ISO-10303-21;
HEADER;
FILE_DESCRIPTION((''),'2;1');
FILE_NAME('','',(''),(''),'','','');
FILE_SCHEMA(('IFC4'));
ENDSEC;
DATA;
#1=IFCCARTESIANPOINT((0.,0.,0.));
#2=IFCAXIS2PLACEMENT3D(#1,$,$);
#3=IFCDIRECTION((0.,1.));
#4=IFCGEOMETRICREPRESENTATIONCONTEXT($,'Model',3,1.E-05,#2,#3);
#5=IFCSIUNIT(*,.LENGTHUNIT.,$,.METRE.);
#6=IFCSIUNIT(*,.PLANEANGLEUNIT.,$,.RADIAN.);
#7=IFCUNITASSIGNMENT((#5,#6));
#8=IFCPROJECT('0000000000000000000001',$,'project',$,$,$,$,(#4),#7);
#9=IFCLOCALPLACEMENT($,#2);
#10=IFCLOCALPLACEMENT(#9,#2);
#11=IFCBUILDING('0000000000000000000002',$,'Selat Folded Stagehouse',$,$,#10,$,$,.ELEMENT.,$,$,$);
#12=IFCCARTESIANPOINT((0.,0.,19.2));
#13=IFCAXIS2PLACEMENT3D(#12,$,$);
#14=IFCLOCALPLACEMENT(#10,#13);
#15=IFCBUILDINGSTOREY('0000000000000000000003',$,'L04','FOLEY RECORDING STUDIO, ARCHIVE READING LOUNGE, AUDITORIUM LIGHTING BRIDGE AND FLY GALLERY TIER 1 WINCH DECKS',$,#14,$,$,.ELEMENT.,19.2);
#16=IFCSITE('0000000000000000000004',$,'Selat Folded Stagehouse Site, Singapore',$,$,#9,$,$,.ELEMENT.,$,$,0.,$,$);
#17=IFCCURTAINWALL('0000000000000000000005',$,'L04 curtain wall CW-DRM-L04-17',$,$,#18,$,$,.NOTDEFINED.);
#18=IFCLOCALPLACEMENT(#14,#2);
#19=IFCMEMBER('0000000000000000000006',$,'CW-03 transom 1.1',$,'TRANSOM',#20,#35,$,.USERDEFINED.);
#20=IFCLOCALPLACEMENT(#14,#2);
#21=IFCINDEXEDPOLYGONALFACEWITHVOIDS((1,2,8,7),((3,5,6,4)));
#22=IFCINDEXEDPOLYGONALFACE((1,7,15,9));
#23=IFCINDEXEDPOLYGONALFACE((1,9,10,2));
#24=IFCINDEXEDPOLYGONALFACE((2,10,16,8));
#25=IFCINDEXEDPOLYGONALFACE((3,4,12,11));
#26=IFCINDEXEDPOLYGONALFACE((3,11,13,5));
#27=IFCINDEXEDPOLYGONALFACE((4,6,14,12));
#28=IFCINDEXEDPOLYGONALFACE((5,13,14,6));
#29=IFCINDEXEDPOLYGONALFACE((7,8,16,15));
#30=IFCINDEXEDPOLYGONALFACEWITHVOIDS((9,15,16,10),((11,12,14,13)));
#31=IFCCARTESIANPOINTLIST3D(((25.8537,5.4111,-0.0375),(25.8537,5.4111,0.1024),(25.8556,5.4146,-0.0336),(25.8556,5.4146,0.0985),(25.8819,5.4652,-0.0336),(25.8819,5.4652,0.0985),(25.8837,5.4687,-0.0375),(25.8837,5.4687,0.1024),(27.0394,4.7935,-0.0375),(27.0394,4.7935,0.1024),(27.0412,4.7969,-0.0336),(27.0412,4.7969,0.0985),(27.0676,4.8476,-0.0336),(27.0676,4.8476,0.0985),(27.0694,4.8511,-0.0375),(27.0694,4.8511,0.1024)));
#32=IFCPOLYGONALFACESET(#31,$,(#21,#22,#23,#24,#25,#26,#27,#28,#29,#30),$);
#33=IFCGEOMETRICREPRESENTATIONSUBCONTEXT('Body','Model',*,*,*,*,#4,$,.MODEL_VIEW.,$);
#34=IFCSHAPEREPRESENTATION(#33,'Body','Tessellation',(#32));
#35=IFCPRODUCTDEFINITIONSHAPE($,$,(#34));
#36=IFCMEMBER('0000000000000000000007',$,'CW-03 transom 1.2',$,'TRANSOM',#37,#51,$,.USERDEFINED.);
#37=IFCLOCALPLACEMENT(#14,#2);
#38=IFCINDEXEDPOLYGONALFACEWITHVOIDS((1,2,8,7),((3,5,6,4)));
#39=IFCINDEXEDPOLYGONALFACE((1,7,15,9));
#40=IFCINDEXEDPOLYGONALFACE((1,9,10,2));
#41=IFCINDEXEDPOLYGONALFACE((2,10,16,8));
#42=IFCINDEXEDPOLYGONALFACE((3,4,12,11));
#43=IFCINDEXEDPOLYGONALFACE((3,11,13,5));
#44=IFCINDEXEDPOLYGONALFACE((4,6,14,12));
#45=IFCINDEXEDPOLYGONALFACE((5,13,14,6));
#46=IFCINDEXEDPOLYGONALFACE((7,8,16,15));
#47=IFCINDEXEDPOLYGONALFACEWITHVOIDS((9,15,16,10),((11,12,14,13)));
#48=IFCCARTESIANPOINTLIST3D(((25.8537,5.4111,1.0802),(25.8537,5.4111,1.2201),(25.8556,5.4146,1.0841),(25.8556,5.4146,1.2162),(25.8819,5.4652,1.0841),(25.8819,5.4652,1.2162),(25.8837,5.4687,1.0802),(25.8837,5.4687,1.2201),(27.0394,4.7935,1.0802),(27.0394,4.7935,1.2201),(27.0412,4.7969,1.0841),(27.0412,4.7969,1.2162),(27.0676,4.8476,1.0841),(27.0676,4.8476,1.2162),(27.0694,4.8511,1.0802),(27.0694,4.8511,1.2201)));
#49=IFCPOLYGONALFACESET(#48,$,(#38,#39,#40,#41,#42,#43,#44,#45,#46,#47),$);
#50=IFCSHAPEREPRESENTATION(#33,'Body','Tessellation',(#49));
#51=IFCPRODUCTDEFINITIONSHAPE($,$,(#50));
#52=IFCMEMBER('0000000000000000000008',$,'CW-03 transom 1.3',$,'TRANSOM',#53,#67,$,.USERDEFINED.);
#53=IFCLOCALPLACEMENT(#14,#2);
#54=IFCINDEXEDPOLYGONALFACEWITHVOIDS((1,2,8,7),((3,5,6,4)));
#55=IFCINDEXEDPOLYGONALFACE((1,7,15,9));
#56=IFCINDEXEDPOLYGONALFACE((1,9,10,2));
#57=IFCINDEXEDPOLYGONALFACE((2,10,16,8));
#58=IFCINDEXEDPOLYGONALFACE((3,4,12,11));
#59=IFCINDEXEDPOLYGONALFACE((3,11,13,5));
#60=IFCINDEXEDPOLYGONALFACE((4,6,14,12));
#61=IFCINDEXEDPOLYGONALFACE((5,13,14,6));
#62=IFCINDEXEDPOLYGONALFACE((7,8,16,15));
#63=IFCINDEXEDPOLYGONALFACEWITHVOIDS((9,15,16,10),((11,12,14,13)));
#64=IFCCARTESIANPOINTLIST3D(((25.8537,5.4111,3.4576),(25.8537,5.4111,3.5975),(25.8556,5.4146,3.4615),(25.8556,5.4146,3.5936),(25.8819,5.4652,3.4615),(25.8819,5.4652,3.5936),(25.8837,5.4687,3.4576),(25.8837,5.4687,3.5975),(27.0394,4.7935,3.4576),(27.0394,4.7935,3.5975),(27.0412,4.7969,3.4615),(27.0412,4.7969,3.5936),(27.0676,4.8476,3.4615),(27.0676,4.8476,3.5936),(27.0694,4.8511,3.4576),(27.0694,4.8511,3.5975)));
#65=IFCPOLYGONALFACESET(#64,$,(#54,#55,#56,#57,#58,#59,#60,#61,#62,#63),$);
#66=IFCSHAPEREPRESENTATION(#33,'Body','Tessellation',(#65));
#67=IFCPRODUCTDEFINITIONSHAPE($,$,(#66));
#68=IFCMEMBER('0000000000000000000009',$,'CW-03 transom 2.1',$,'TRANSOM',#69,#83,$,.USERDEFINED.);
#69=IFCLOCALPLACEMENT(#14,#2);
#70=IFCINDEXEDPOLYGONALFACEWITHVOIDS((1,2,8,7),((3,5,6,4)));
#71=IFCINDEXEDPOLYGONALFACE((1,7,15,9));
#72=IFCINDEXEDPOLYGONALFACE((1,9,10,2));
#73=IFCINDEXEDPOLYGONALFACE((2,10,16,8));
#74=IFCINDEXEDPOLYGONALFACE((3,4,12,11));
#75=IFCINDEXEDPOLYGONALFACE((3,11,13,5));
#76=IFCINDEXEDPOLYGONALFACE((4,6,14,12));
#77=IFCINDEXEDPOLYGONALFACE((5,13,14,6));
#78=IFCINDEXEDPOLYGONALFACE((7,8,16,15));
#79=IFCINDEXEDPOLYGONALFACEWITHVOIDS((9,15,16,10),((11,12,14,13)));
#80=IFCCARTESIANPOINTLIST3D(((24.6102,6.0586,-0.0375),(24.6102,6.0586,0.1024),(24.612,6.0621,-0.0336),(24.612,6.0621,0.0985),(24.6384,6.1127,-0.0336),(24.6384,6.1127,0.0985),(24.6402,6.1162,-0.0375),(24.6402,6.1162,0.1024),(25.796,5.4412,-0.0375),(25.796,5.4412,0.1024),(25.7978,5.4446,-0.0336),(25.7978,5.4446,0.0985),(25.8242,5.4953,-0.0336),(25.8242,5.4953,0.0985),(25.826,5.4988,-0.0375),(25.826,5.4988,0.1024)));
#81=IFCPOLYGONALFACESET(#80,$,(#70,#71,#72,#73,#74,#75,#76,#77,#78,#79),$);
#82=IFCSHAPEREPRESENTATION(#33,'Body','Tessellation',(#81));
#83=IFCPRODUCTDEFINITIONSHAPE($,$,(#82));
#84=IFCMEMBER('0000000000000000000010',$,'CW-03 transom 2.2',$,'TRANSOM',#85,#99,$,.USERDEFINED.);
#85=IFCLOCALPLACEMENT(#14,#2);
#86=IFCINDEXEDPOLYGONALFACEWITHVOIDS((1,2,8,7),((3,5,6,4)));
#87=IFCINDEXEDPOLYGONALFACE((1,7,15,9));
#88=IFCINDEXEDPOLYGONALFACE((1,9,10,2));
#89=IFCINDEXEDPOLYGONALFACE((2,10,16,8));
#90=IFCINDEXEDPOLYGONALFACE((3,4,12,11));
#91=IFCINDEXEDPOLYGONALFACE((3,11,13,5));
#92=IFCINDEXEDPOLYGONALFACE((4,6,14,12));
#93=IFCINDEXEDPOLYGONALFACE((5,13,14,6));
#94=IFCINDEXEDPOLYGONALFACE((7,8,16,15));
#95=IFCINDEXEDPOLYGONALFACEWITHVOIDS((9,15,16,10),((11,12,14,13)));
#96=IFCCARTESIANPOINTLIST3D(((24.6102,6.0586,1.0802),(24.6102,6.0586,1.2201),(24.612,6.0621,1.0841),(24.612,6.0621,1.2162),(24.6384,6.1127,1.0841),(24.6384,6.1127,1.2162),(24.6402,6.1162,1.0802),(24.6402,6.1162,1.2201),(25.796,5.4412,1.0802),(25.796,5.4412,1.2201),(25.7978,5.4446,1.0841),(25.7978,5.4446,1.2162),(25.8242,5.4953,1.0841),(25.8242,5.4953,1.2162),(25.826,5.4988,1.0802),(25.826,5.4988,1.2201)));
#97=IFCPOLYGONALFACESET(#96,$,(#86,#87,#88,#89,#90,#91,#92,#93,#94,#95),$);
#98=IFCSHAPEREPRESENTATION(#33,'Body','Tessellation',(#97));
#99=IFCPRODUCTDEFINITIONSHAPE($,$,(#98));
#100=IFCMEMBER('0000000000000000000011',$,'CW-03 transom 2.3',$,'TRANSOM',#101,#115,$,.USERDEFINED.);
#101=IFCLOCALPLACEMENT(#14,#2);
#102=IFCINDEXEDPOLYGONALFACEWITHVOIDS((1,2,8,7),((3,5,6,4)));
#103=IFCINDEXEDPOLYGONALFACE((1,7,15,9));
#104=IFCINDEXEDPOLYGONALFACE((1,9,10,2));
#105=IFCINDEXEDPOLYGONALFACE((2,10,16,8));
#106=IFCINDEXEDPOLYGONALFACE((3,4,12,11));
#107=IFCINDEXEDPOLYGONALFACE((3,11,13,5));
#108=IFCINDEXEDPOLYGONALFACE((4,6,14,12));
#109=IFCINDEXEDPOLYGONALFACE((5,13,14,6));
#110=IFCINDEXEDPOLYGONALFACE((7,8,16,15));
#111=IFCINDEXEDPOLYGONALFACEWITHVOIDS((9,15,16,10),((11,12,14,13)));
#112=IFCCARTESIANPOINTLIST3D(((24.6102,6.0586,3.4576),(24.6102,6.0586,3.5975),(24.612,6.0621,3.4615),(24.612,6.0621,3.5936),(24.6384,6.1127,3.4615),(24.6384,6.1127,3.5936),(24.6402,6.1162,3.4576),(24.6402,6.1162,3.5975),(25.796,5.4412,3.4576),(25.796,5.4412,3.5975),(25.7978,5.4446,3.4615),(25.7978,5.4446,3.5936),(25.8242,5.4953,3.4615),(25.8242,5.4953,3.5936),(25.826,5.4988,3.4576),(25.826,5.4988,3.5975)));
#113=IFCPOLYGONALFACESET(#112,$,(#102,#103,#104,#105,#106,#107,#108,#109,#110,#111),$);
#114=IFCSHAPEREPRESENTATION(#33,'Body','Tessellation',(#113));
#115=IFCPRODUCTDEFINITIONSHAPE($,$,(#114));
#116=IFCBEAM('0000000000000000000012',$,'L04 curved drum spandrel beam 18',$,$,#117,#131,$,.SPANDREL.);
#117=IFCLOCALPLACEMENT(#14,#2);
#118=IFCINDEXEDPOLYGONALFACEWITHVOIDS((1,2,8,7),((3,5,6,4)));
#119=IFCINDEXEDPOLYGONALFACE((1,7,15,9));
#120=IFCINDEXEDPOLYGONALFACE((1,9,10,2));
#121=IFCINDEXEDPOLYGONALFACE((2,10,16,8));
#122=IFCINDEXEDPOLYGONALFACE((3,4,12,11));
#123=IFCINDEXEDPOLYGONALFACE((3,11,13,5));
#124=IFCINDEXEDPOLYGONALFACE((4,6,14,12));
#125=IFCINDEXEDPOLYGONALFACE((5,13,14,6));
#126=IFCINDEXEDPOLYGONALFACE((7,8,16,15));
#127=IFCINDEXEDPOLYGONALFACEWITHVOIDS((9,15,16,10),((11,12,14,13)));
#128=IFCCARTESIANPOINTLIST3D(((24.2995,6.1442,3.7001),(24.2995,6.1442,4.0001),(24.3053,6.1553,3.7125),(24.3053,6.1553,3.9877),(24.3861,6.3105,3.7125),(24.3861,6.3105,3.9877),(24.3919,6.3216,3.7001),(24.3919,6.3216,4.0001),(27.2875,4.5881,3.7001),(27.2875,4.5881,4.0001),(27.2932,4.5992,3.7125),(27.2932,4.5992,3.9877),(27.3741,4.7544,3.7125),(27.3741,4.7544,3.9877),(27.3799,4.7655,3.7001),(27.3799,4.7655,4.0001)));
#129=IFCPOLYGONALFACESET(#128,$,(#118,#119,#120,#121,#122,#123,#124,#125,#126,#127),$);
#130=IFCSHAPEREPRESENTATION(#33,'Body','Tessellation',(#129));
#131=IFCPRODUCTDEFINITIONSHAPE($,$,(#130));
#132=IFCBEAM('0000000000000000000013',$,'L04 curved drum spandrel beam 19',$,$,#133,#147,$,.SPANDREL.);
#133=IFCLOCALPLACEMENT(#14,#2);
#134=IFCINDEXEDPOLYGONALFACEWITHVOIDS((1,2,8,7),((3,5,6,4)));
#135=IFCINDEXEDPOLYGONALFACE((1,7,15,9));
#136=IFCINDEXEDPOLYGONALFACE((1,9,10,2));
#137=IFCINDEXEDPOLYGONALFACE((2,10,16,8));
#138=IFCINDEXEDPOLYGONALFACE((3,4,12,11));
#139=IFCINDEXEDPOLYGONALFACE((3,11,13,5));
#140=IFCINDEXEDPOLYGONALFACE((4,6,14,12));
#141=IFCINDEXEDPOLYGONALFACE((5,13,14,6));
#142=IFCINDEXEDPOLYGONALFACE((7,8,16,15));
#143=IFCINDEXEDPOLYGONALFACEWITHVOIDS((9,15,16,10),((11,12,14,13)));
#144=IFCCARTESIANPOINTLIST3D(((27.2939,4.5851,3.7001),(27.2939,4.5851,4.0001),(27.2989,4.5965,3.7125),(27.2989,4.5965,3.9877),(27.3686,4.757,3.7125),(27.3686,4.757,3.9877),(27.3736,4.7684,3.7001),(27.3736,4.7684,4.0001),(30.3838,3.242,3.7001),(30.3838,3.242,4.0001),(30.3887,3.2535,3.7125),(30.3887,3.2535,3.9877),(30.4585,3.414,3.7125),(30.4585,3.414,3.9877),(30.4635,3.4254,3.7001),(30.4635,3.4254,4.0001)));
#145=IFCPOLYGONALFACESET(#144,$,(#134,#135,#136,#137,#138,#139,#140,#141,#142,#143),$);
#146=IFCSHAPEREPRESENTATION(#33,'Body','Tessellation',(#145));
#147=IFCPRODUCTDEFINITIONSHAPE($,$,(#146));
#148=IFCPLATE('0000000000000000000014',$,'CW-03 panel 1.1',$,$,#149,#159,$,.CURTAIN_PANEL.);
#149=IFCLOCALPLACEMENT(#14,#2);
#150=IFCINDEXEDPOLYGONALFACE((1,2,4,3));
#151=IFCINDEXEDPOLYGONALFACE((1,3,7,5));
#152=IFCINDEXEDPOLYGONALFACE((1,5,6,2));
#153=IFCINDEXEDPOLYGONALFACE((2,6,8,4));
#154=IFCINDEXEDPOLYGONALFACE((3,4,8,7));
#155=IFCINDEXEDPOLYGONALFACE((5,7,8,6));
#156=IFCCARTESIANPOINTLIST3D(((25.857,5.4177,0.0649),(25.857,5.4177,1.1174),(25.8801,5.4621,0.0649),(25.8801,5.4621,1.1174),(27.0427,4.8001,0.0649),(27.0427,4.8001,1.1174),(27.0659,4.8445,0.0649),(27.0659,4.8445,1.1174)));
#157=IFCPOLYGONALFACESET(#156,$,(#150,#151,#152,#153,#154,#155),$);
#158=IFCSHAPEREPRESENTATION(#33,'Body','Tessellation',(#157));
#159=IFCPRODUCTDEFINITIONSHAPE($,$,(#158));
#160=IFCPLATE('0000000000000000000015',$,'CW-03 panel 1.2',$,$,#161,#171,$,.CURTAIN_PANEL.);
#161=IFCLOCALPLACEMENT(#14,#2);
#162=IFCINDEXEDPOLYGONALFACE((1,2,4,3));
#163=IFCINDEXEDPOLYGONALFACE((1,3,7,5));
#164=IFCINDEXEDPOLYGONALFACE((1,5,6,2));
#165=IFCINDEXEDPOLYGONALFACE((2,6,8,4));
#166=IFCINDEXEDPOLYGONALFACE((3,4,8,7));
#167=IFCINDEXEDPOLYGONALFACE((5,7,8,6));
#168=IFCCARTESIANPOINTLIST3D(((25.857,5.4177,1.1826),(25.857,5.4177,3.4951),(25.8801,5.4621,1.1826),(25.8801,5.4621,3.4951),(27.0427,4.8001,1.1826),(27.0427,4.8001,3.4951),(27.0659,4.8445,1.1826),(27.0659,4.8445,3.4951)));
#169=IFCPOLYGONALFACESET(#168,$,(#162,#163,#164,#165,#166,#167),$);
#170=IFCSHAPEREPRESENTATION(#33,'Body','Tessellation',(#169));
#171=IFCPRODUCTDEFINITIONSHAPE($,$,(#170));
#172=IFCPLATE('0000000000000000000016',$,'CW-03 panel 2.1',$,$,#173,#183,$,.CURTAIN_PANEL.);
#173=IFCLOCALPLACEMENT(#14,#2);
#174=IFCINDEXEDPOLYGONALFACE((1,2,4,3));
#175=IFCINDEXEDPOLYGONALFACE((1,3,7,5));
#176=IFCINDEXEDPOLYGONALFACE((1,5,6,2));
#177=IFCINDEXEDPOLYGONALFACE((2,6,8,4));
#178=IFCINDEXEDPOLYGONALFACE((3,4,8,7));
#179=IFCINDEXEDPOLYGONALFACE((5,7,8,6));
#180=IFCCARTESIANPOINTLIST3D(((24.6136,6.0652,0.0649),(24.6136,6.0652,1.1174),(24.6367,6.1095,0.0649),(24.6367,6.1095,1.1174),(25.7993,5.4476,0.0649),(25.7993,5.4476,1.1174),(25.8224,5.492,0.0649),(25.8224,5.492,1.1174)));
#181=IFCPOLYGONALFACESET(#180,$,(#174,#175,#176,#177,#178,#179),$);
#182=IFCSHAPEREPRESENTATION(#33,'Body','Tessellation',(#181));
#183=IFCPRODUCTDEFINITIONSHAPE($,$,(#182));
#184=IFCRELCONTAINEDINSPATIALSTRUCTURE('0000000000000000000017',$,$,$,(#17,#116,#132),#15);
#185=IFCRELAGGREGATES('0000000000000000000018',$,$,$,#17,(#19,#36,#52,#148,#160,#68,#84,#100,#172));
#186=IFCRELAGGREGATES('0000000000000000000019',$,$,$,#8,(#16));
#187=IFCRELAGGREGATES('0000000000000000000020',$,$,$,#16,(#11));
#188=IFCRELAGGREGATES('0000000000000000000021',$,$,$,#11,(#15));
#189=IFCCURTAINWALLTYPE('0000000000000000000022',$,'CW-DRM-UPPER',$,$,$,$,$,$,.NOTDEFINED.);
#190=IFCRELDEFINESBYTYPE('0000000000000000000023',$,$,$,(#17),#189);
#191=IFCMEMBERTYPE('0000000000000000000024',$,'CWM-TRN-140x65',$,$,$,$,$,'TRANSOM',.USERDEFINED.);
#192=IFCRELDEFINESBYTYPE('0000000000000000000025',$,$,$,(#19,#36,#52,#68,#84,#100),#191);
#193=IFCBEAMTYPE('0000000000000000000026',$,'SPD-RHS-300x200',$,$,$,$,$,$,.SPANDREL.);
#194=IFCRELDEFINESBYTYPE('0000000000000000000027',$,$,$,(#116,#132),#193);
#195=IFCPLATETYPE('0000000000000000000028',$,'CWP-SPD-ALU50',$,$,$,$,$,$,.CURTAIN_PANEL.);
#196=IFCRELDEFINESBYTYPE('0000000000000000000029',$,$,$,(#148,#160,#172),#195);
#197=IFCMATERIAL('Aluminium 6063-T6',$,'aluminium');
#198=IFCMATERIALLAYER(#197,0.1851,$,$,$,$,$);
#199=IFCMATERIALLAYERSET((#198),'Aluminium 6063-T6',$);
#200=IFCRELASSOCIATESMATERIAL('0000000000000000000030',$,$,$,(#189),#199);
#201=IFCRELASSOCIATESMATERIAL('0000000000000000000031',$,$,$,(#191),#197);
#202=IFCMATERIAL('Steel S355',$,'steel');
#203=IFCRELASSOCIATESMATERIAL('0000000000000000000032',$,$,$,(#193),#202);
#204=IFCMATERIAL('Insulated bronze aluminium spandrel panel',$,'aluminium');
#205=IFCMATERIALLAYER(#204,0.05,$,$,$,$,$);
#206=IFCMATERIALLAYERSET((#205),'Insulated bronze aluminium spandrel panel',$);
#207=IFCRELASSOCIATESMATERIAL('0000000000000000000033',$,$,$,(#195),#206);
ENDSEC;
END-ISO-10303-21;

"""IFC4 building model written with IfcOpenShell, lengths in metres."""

from ifc_helpers import new_model, si_unit, direction, frame, origin, origin_2d, place, context, subcontext, project, spatial, rectangle, hollow_rectangle, extrude, material, layer, layer_set, material_profile, profile_set, type_object, element, aggregate, save


model = new_model("IFC4")

# Units and contexts
model_context = context("Model", 3, precision=1e-05, world=origin(), true_north=direction((0.0, 1.0)))
body_context = subcontext(model_context, "Body", "Model", "MODEL_VIEW")
ifc_project = project(units=[si_unit("LENGTHUNIT", "METRE"), si_unit("PLANEANGLEUNIT", "RADIAN")], contexts=[model_context])

# Site, building, storey
site_placement = place(None, origin())
site = spatial("IfcSite", under=ifc_project, at=site_placement, Name="Selat Folded Stagehouse Site, Singapore", CompositionType="ELEMENT", RefElevation=0.0)
building_placement = place(site_placement, origin())
building = spatial("IfcBuilding", under=site, at=building_placement, Name="Selat Folded Stagehouse", CompositionType="ELEMENT")
storey_placement = place(building_placement, frame((0.0, 0.0, 19.2)))
storey = spatial("IfcBuildingStorey", under=building, at=storey_placement, Name="L04", Description="FOLEY RECORDING STUDIO, ARCHIVE READING LOUNGE, AUDITORIUM LIGHTING BRIDGE AND FLY GALLERY TIER 1 WINCH DECKS", CompositionType="ELEMENT", Elevation=19.2)

# Shared definitions
ifc_material_1 = material(Name="Steel S355", Category="steel")

# Shared definitions
ifc_material_2 = material(Name="Aluminium 6063-T6", Category="aluminium")
ifc_layer_1 = layer(ifc_material_2, 0.1851)
ifc_layer_set_1 = layer_set([ifc_layer_1], Name="Aluminium 6063-T6")
curtain_wall_type = type_object("IfcCurtainWallType", Name="CW-DRM-UPPER", PredefinedType="NOTDEFINED", material=ifc_layer_set_1)

# Curtain wall
curtain_wall_1_placement = place(storey_placement, origin())
curtain_wall_1 = element("IfcCurtainWall", 1, at=curtain_wall_1_placement, inside=storey, type_object=curtain_wall_type, Name="L04 curtain wall CW-DRM-L04-17", PredefinedType="NOTDEFINED")

# Members
ifc_material_profile_1 = material_profile(ifc_material_2, hollow_rectangle(XDim=0.0649, YDim=0.1399, WallThickness=0.0039, at=origin_2d()), Name="ALU 140x65x4.0")
ifc_profile_set_1 = profile_set([ifc_material_profile_1], Name="Aluminium 6063-T6")
member_type_1 = type_object("IfcMemberType", Name="CWM-TRN-140x65", ElementType="TRANSOM", PredefinedType="USERDEFINED", material=ifc_profile_set_1)
member_1_placement = place(storey_placement, frame((27.0544, 4.8223, 0.0325), z_axis=(-0.886891, 0.461979, 0.0), x_axis=(-0.461979, -0.886891, 0.0)))
member_1 = element("IfcMember", 2, at=member_1_placement, type_object=member_type_1, Name="CW-03 transom 1.1", ObjectType="TRANSOM", PredefinedType="USERDEFINED", context=body_context, shape_type="SweptSolid", body=[
    extrude(hollow_rectangle(XDim=0.0649, YDim=0.1399, WallThickness=0.0039, at=origin_2d()), origin(), (0.0, 0.0, 1.0), 1.3369),
])
member_2_placement = place(storey_placement, frame((27.0544, 4.8223, 1.1501), z_axis=(-0.886891, 0.461979, 0.0), x_axis=(-0.461979, -0.886891, 0.0)))
member_2 = element("IfcMember", 3, at=member_2_placement, type_object=member_type_1, Name="CW-03 transom 1.2", ObjectType="TRANSOM", PredefinedType="USERDEFINED", context=body_context, shape_type="SweptSolid", body=[
    extrude(hollow_rectangle(XDim=0.0649, YDim=0.1399, WallThickness=0.0039, at=origin_2d()), origin(), (0.0, 0.0, 1.0), 1.3369),
])
member_3_placement = place(storey_placement, frame((27.0544, 4.8223, 3.5276), z_axis=(-0.886891, 0.461979, 0.0), x_axis=(-0.461979, -0.886891, 0.0)))
member_3 = element("IfcMember", 4, at=member_3_placement, type_object=member_type_1, Name="CW-03 transom 1.3", ObjectType="TRANSOM", PredefinedType="USERDEFINED", context=body_context, shape_type="SweptSolid", body=[
    extrude(hollow_rectangle(XDim=0.0649, YDim=0.1399, WallThickness=0.0039, at=origin_2d()), origin(), (0.0, 0.0, 1.0), 1.3369),
])
member_4_placement = place(storey_placement, frame((25.811, 5.47, 0.0325), z_axis=(-0.886966, 0.461836, 0.0), x_axis=(-0.461836, -0.886966, 0.0)))
member_4 = element("IfcMember", 5, at=member_4_placement, type_object=member_type_1, Name="CW-03 transom 2.1", ObjectType="TRANSOM", PredefinedType="USERDEFINED", context=body_context, shape_type="SweptSolid", body=[
    extrude(hollow_rectangle(XDim=0.0649, YDim=0.1399, WallThickness=0.0039, at=origin_2d()), origin(), (0.0, 0.0, 1.0), 1.3369),
])
member_5_placement = place(storey_placement, frame((25.811, 5.47, 1.1501), z_axis=(-0.886966, 0.461836, 0.0), x_axis=(-0.461836, -0.886966, 0.0)))
member_5 = element("IfcMember", 6, at=member_5_placement, type_object=member_type_1, Name="CW-03 transom 2.2", ObjectType="TRANSOM", PredefinedType="USERDEFINED", context=body_context, shape_type="SweptSolid", body=[
    extrude(hollow_rectangle(XDim=0.0649, YDim=0.1399, WallThickness=0.0039, at=origin_2d()), origin(), (0.0, 0.0, 1.0), 1.3369),
])
member_6_placement = place(storey_placement, frame((25.811, 5.47, 3.5276), z_axis=(-0.886966, 0.461836, 0.0), x_axis=(-0.461836, -0.886966, 0.0)))
member_6 = element("IfcMember", 7, at=member_6_placement, type_object=member_type_1, Name="CW-03 transom 2.3", ObjectType="TRANSOM", PredefinedType="USERDEFINED", context=body_context, shape_type="SweptSolid", body=[
    extrude(hollow_rectangle(XDim=0.0649, YDim=0.1399, WallThickness=0.0039, at=origin_2d()), origin(), (0.0, 0.0, 1.0), 1.3369),
])

# Beams
ifc_material_profile_2 = material_profile(ifc_material_1, hollow_rectangle(XDim=0.2, YDim=0.3, WallThickness=0.0125, at=origin_2d()), Name="RHS 300x200x12.5")
ifc_profile_set_2 = profile_set([ifc_material_profile_2], Name="Steel S355")
beam_type = type_object("IfcBeamType", Name="SPD-RHS-300x200", PredefinedType="SPANDREL", material=ifc_profile_set_2)
beam_1_placement = place(storey_placement, frame((24.3457, 6.2329, 3.8501), z_axis=(0.886928, -0.461907, 0.0), x_axis=(0.461907, 0.886928, 0.0)))
element("IfcBeam", 8, at=beam_1_placement, inside=storey, type_object=beam_type, Name="L04 curved drum spandrel beam 18", PredefinedType="SPANDREL", context=body_context, shape_type="SweptSolid", body=[
    extrude(hollow_rectangle(XDim=0.2, YDim=0.3, WallThickness=0.0125, at=origin_2d()), origin(), (0.0, 0.0, 1.0), 3.3689),
])
beam_2_placement = place(storey_placement, frame((27.3337, 4.6768, 3.8501), z_axis=(0.917113, -0.398628, 0.0), x_axis=(0.398628, 0.917113, 0.0)))
element("IfcBeam", 9, at=beam_2_placement, inside=storey, type_object=beam_type, Name="L04 curved drum spandrel beam 19", PredefinedType="SPANDREL", context=body_context, shape_type="SweptSolid", body=[
    extrude(hollow_rectangle(XDim=0.2, YDim=0.3, WallThickness=0.0125, at=origin_2d()), origin(), (0.0, 0.0, 1.0), 3.3691),
])

# Plates
ifc_material_3 = material(Name="Insulated bronze aluminium spandrel panel", Category="aluminium")
ifc_layer_2 = layer(ifc_material_3, 0.05)
ifc_layer_set_2 = layer_set([ifc_layer_2], Name="Insulated bronze aluminium spandrel panel")
plate_type = type_object("IfcPlateType", Name="CWP-SPD-ALU50", PredefinedType="CURTAIN_PANEL", material=ifc_layer_set_2)
plate_1_placement = place(storey_placement, frame((26.4614, 5.1311, 0.0649), z_axis=(0.0, 0.0, 1.0), x_axis=(-0.886916, 0.461931, 0.0)))
plate_1 = element("IfcPlate", 10, at=plate_1_placement, type_object=plate_type, Name="CW-03 panel 1.1", PredefinedType="CURTAIN_PANEL", context=body_context, shape_type="SweptSolid", body=[
    extrude(rectangle(XDim=1.3369, YDim=0.05, at=origin_2d()), origin(), (0.0, 0.0, 1.0), 1.0525),
])
plate_2_placement = place(storey_placement, frame((26.4614, 5.1311, 1.1826), z_axis=(0.0, 0.0, 1.0), x_axis=(-0.886916, 0.461931, 0.0)))
plate_2 = element("IfcPlate", 11, at=plate_2_placement, type_object=plate_type, Name="CW-03 panel 1.2", PredefinedType="CURTAIN_PANEL", context=body_context, shape_type="SweptSolid", body=[
    extrude(rectangle(XDim=1.3369, YDim=0.05, at=origin_2d()), origin(), (0.0, 0.0, 1.0), 2.3125),
])
plate_3_placement = place(storey_placement, frame((25.218, 5.7786, 0.0649), z_axis=(0.0, 0.0, 1.0), x_axis=(-0.886916, 0.461931, 0.0)))
plate_3 = element("IfcPlate", 12, at=plate_3_placement, type_object=plate_type, Name="CW-03 panel 2.1", PredefinedType="CURTAIN_PANEL", context=body_context, shape_type="SweptSolid", body=[
    extrude(rectangle(XDim=1.3369, YDim=0.05, at=origin_2d()), origin(), (0.0, 0.0, 1.0), 1.0525),
])
aggregate(curtain_wall_1, [member_1, member_2, member_3, plate_1, plate_2, member_4, member_5, member_6, plate_3])

save(model, "model.ifc")
